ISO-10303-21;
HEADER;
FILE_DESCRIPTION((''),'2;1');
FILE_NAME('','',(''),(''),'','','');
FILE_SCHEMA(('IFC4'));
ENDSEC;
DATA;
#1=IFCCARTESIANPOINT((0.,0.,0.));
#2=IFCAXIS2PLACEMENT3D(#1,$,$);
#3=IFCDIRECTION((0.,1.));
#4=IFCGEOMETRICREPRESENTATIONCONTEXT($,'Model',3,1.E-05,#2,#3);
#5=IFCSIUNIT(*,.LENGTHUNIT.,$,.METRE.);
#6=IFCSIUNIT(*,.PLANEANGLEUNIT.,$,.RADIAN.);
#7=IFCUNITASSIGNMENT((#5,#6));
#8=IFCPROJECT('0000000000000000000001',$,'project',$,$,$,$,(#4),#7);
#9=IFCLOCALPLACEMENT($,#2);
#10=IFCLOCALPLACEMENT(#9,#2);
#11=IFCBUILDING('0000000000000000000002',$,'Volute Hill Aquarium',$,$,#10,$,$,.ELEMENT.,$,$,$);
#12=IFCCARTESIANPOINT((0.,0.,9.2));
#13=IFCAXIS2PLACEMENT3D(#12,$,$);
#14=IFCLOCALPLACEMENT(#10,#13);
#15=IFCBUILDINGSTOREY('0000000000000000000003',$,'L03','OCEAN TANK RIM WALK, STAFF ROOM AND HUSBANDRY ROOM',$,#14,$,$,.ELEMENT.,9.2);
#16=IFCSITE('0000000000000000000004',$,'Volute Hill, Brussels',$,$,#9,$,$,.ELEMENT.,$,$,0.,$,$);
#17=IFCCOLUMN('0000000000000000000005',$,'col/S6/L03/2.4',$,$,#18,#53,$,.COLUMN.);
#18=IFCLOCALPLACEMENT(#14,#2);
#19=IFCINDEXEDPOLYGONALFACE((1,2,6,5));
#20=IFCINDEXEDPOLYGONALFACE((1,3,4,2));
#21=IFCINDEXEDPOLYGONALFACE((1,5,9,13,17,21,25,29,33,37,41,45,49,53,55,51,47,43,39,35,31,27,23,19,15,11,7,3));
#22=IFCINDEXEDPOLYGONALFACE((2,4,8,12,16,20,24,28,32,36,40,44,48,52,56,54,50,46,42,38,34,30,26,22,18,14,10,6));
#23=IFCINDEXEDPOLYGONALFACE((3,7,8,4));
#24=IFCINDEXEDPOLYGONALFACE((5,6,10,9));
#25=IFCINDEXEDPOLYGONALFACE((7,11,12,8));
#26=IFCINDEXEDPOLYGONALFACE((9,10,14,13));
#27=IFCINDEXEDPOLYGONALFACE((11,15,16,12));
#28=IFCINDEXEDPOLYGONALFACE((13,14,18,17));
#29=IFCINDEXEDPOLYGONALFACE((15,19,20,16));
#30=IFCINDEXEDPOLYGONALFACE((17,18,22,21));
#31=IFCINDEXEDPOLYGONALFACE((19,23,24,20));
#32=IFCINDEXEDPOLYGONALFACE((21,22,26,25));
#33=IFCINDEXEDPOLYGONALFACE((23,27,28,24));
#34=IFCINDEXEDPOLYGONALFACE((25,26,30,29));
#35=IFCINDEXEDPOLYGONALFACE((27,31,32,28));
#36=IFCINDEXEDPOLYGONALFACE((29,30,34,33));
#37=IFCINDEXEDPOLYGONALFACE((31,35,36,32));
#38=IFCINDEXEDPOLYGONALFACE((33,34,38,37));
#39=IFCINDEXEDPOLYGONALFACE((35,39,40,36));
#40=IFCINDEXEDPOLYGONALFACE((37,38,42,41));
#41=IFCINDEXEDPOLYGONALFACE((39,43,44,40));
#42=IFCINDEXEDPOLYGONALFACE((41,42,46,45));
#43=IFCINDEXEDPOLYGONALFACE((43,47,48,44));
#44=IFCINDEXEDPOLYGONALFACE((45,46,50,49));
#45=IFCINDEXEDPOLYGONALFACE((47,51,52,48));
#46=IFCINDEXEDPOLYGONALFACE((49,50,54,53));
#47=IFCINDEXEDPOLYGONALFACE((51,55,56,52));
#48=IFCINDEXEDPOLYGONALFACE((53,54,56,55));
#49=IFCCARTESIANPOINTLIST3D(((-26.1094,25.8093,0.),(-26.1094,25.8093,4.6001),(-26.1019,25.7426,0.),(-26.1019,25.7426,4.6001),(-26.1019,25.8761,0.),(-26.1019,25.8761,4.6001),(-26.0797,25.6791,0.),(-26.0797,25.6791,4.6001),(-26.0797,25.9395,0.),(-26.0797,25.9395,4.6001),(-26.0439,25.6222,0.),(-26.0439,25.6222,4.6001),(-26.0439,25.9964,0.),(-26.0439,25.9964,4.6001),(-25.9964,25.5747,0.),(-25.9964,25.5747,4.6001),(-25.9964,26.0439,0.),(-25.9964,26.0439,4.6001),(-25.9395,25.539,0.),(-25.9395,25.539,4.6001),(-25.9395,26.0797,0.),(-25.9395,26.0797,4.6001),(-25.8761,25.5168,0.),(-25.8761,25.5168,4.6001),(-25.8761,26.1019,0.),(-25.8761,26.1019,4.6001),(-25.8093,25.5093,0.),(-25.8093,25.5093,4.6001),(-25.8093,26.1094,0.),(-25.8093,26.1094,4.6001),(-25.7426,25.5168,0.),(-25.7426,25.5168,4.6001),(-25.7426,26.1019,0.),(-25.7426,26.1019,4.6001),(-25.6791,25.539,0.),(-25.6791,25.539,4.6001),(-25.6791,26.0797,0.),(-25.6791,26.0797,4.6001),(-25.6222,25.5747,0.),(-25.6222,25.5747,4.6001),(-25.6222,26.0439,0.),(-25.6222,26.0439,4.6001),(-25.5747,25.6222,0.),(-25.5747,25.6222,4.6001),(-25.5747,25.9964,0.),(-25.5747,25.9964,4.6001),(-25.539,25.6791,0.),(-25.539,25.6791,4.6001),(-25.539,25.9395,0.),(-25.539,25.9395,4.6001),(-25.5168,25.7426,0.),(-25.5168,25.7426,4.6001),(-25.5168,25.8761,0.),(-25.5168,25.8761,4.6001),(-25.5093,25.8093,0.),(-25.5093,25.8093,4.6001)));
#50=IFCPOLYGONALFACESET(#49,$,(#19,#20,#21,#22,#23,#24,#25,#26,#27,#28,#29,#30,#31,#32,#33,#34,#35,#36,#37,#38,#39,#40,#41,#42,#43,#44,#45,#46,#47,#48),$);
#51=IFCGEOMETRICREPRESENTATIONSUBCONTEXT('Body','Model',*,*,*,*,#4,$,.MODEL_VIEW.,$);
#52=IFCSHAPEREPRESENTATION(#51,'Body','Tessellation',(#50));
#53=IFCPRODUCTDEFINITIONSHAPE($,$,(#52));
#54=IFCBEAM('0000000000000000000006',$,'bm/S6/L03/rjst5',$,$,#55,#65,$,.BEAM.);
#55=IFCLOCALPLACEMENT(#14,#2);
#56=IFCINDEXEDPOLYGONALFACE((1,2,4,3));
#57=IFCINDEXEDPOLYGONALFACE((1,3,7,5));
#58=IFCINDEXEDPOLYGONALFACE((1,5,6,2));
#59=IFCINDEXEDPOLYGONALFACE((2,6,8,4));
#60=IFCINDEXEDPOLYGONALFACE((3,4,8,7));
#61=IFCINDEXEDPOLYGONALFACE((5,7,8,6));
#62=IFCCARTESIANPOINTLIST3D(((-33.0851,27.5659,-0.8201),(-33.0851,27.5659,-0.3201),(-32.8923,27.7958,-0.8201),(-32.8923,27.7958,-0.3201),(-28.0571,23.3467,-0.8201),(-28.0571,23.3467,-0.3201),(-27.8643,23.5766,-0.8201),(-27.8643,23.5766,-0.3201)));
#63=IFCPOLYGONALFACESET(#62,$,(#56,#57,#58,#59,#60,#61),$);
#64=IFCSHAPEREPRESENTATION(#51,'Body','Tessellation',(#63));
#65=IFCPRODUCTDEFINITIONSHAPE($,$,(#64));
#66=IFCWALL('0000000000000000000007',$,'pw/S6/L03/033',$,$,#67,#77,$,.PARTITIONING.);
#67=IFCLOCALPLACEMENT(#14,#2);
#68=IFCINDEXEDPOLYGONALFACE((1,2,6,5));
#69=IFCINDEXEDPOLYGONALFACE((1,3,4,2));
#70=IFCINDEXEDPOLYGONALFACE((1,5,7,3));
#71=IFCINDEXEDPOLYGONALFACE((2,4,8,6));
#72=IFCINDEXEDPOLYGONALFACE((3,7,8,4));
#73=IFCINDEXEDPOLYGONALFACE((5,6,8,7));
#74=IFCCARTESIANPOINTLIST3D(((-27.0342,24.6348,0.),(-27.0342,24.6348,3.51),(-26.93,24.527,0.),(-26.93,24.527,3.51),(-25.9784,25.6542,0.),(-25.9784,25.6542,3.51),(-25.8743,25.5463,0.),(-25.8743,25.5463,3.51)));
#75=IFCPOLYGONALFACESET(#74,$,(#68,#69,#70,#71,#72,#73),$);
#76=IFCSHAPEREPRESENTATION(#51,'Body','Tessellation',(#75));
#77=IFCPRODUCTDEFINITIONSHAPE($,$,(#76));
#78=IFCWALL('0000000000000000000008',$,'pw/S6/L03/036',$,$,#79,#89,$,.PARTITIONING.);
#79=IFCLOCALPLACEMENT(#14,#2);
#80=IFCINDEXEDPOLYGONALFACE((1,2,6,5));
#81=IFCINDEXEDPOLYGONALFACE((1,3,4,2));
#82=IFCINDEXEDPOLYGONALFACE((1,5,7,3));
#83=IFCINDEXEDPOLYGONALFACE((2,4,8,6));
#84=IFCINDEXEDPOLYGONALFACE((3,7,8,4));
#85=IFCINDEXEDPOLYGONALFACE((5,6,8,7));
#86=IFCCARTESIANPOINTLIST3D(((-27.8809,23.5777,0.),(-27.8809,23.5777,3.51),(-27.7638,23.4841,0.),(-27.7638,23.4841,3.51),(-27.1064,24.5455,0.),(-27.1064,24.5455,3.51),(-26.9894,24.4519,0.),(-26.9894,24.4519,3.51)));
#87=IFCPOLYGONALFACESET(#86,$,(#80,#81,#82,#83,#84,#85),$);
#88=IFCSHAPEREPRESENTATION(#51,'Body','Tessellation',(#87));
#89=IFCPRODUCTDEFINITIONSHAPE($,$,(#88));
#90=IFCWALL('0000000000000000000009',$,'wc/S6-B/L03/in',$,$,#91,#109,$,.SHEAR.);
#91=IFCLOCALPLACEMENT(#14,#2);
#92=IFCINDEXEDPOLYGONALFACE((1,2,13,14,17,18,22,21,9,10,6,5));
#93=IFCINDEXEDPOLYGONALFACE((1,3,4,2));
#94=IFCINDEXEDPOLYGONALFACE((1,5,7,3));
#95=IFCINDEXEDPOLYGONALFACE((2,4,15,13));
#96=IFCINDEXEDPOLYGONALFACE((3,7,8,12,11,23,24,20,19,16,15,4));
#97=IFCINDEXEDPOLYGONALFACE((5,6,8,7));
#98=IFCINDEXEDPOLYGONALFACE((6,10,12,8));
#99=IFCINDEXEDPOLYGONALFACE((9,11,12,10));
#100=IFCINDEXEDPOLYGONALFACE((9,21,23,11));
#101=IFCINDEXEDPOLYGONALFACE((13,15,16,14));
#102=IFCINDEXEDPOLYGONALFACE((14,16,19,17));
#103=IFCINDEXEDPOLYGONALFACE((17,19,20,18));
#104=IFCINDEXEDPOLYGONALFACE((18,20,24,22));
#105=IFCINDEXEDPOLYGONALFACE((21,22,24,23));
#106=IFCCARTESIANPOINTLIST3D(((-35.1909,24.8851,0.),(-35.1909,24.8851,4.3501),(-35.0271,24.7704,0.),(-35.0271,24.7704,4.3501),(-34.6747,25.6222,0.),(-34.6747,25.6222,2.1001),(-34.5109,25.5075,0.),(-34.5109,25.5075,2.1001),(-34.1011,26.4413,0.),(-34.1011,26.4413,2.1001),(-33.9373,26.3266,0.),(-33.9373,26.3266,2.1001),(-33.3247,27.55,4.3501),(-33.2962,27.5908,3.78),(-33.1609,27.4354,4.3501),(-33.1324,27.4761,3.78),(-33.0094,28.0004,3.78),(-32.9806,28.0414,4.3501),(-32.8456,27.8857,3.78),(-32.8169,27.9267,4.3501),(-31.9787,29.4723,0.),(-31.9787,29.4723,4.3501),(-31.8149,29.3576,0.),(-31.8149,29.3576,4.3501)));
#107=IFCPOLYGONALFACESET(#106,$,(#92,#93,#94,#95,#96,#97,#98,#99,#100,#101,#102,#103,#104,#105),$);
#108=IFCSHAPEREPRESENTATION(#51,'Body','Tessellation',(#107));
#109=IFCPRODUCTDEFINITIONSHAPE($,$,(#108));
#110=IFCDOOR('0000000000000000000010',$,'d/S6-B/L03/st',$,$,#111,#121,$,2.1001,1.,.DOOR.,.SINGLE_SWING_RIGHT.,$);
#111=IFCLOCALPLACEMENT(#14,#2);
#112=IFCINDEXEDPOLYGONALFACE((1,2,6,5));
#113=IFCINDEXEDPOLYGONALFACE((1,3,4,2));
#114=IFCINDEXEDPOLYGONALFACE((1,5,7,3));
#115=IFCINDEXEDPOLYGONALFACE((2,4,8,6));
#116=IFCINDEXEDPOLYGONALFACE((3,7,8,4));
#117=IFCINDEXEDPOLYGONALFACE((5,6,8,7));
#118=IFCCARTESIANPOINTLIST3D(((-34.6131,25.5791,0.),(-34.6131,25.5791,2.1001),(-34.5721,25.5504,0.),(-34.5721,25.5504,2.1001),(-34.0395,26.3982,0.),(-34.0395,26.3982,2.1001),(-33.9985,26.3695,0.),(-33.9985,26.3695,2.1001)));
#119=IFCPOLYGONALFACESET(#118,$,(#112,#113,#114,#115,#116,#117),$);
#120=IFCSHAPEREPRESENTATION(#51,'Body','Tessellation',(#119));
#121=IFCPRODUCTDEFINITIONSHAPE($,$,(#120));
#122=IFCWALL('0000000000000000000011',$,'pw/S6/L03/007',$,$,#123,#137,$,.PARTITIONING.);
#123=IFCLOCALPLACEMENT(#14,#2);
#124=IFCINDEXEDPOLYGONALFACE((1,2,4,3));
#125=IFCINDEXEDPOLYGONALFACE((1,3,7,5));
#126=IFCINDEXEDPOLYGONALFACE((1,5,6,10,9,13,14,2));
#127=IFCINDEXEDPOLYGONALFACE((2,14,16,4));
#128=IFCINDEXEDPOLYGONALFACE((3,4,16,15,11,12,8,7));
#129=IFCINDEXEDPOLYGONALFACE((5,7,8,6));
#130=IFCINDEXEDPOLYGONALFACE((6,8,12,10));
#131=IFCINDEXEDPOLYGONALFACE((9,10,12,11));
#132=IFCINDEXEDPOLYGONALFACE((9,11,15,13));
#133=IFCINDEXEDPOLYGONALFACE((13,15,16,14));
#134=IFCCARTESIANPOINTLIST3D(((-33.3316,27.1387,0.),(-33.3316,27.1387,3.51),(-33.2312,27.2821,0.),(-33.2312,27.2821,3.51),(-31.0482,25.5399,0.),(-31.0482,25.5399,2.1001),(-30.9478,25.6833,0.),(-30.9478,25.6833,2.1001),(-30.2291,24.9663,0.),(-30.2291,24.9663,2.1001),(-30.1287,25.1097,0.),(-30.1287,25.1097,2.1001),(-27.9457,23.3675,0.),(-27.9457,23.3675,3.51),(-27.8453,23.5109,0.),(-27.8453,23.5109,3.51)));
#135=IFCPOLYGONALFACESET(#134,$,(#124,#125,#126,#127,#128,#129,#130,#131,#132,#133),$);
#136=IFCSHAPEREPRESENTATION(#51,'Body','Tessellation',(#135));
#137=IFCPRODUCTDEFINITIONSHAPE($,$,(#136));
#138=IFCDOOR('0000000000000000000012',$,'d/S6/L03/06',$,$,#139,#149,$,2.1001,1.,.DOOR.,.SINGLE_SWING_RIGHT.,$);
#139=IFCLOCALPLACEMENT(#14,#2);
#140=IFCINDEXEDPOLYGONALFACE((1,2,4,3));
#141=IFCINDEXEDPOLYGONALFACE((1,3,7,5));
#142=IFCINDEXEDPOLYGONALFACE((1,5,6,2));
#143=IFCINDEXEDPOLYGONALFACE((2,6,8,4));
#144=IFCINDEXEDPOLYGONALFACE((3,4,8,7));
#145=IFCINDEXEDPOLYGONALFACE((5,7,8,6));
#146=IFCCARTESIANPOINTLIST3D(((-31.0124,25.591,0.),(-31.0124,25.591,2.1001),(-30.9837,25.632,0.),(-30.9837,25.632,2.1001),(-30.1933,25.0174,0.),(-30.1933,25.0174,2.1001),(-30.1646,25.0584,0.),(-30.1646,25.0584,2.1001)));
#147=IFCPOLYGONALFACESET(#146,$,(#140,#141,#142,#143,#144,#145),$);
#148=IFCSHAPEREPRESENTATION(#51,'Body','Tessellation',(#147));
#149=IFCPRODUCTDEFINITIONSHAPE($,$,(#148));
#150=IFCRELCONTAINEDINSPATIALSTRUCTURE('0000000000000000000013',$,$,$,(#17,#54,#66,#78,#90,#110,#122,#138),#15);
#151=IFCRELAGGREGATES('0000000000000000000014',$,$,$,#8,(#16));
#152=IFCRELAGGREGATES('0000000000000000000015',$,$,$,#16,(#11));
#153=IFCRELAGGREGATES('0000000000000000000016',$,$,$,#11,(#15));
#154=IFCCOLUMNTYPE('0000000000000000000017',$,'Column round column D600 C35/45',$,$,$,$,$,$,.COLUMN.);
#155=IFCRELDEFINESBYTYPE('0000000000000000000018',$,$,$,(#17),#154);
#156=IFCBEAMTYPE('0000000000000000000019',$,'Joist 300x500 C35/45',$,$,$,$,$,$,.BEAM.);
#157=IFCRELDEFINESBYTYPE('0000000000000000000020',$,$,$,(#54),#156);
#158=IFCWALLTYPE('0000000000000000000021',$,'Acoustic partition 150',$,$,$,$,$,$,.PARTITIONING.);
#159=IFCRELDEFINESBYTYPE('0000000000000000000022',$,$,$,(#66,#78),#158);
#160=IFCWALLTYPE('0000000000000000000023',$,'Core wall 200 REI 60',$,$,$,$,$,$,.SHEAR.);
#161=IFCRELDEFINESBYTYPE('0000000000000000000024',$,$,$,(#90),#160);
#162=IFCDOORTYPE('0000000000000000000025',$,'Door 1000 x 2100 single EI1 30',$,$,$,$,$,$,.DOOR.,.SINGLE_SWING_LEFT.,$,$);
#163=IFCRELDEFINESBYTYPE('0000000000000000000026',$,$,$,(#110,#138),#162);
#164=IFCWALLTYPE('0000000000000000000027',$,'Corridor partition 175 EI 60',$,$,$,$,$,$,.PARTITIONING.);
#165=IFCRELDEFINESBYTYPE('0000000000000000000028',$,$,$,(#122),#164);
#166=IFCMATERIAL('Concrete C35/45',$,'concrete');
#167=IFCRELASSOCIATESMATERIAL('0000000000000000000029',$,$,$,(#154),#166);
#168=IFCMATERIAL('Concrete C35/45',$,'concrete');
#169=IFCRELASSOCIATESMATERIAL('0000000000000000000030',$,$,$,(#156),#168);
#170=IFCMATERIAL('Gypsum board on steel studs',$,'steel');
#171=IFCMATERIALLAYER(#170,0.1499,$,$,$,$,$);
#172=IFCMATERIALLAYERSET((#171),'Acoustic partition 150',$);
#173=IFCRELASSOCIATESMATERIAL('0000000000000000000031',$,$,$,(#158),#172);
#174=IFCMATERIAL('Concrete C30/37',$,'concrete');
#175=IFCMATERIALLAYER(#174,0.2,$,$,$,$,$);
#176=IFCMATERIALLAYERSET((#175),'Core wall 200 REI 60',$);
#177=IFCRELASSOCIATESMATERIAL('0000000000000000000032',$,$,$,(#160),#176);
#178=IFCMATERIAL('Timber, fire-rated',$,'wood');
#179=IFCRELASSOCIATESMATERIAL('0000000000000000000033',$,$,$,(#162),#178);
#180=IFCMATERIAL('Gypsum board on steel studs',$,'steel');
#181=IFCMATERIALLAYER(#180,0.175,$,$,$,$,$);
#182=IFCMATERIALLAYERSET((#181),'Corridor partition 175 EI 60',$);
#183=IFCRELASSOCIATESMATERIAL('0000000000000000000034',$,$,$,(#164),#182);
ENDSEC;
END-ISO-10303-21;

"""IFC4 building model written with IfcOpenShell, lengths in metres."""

from ifc_helpers import new_model, si_unit, direction, frame, frame_2d, origin, origin_2d, place, context, subcontext, project, spatial, polyline, rectangle, circle, outline, extrude, material, layer, layer_set, material_profile, profile_set, type_object, element, fill, save


model = new_model("IFC4")

# Units and contexts
model_context = context("Model", 3, precision=1e-05, world=origin(), true_north=direction((0.0, 1.0)))
body_context = subcontext(model_context, "Body", "Model", "MODEL_VIEW")
ifc_project = project(units=[si_unit("LENGTHUNIT", "METRE"), si_unit("PLANEANGLEUNIT", "RADIAN")], contexts=[model_context])

# Site, building, storey
site_placement = place(None, origin())
site = spatial("IfcSite", under=ifc_project, at=site_placement, Name="Volute Hill, Brussels", CompositionType="ELEMENT", RefElevation=0.0)
building_placement = place(site_placement, origin())
building = spatial("IfcBuilding", under=site, at=building_placement, Name="Volute Hill Aquarium", CompositionType="ELEMENT")
storey_placement = place(building_placement, frame((0.0, 0.0, 9.2)))
storey = spatial("IfcBuildingStorey", under=building, at=storey_placement, Name="L03", Description="OCEAN TANK RIM WALK, STAFF ROOM AND HUSBANDRY ROOM", CompositionType="ELEMENT", Elevation=9.2)

# Column
ifc_material_1 = material(Name="Concrete C35/45", Category="concrete")
ifc_material_profile_1 = material_profile(ifc_material_1, circle(Radius=0.3, at=origin_2d()), Name="RC round column D600")
ifc_profile_set_1 = profile_set([ifc_material_profile_1], Name="Concrete C35/45")
column_type = type_object("IfcColumnType", Name="Column round column D600 C35/45", PredefinedType="COLUMN", material=ifc_profile_set_1)
column_placement = place(storey_placement, frame((-25.8093, 25.8093, 0.0), z_axis=(0.0, 0.0, 1.0), x_axis=(1.0, 0.0, 0.0)))
element("IfcColumn", 1, at=column_placement, inside=storey, type_object=column_type, Name="col/S6/L03/2.4", PredefinedType="COLUMN", context=body_context, shape_type="SweptSolid", body=[
    extrude(circle(Radius=0.3, at=origin_2d()), origin(), (0.0, 0.0, 1.0), 4.6001),
])

# Beam
ifc_material_2 = material(Name="Concrete C35/45", Category="concrete")
ifc_material_profile_2 = material_profile(ifc_material_2, rectangle(XDim=0.3, YDim=0.5, at=origin_2d()), Name="RC joist 300x500")
ifc_profile_set_2 = profile_set([ifc_material_profile_2], Name="Concrete C35/45")
beam_type = type_object("IfcBeamType", Name="Joist 300x500 C35/45", PredefinedType="BEAM", material=ifc_profile_set_2)
beam_placement = place(storey_placement, frame((-27.9607, 23.4617, -0.5701), z_axis=(-0.766031, 0.642804, 0.0), x_axis=(-0.642804, -0.766031, 0.0)))
element("IfcBeam", 2, at=beam_placement, inside=storey, type_object=beam_type, Name="bm/S6/L03/rjst5", PredefinedType="BEAM", context=body_context, shape_type="SweptSolid", body=[
    extrude(rectangle(XDim=0.3, YDim=0.5, at=origin_2d()), origin(), (0.0, 0.0, 1.0), 6.5637),
])

# Walls
ifc_material_3 = material(Name="Gypsum board on steel studs", Category="steel")
ifc_layer_1 = layer(ifc_material_3, 0.1499)
ifc_layer_set_1 = layer_set([ifc_layer_1], Name="Acoustic partition 150")
wall_type_1 = type_object("IfcWallType", Name="Acoustic partition 150", PredefinedType="PARTITIONING", material=ifc_layer_set_1)
wall_1_placement = place(storey_placement, frame((-26.9822, 24.5808, 0.0), z_axis=(0.0, 0.0, 1.0), x_axis=(0.719393, 0.694603, 0.0)))
element("IfcWall", 3, at=wall_1_placement, inside=storey, type_object=wall_type_1, Name="pw/S6/L03/033", PredefinedType="PARTITIONING", context=body_context, shape_type="SweptSolid", body=[
    extrude(rectangle(XDim=1.4675, YDim=0.1499, at=frame_2d((0.7339, 0.0))), origin(), (0.0, 0.0, 1.0), 3.51),
])
wall_2_placement = place(storey_placement, frame((-27.8223, 23.531, 0.0), z_axis=(0.0, 0.0, 1.0), x_axis=(0.624791, 0.780792, 0.0)))
element("IfcWall", 4, at=wall_2_placement, inside=storey, type_object=wall_type_1, Name="pw/S6/L03/036", PredefinedType="PARTITIONING", context=body_context, shape_type="SweptSolid", body=[
    extrude(rectangle(XDim=1.2395, YDim=0.1499, at=frame_2d((0.6196, 0.0))), origin(), (0.0, 0.0, 1.0), 3.51),
])

# Walls, openings, doors
ifc_material_4 = material(Name="Concrete C30/37", Category="concrete")
ifc_layer_2 = layer(ifc_material_4, 0.2)
ifc_layer_set_2 = layer_set([ifc_layer_2], Name="Core wall 200 REI 60")
wall_type_2 = type_object("IfcWallType", Name="Core wall 200 REI 60", PredefinedType="SHEAR", material=ifc_layer_set_2)
wall_3_placement = place(storey_placement, frame((-35.1089, 24.8276, 0.0), z_axis=(0.0, 0.0, 1.0), x_axis=(0.5736, 0.819136, 0.0)))
wall_3 = element("IfcWall", 5, at=wall_3_placement, inside=storey, type_object=wall_type_2, Name="wc/S6-B/L03/in", PredefinedType="SHEAR", context=body_context, shape_type="SweptSolid", body=[
    extrude(outline(polyline([(0.0, 0.0), (5.6001, 0.0), (5.6001, 4.3501), (3.8533, 4.3501), (3.8032, 3.78), (3.3032, 3.78), (3.2534, 4.3501), (0.0, 4.3501), (0.0, 0.0)])), frame((0.0, 0.1001, 0.0), z_axis=(0.0, -1.0, 0.0), x_axis=(1.0, 0.0, 0.0)), (0.0, 0.0, 1.0), 0.2),
])
opening_1_placement = place(wall_3_placement, frame((0.8999, 0.0, 0.0)))
opening_1 = element("IfcOpeningElement", 6, at=opening_1_placement, cuts=wall_3, PredefinedType="OPENING", context=body_context, shape_type="SweptSolid", body=[
    extrude(rectangle(XDim=1.0, YDim=2.1001, at=frame_2d((0.5, 1.05))), frame((0.0, 0.1099, 0.0), z_axis=(0.0, -1.0, 0.0), x_axis=(1.0, 0.0, 0.0)), (0.0, 0.0, 1.0), 0.22),
])
ifc_material_5 = material(Name="Timber, fire-rated", Category="wood")
door_type_1 = type_object("IfcDoorType", Name="Door 1000 x 2100 single EI1 30", OperationType="SINGLE_SWING_LEFT", PredefinedType="DOOR", material=ifc_material_5)
door_1_placement = place(opening_1_placement, origin())
door_1 = element("IfcDoor", 7, at=door_1_placement, inside=storey, type_object=door_type_1, Name="d/S6-B/L03/st", OperationType="SINGLE_SWING_RIGHT", OverallHeight=2.1001, OverallWidth=1.0, PredefinedType="DOOR", context=body_context, shape_type="SweptSolid", body=[
    extrude(rectangle(XDim=1.0, YDim=2.1001, at=frame_2d((0.5, 1.05))), frame((0.0, 0.0249, 0.0), z_axis=(0.0, -1.0, 0.0), x_axis=(1.0, 0.0, 0.0)), (0.0, 0.0, 1.0), 0.05),
])
fill(opening_1, door_1)
ifc_material_6 = material(Name="Gypsum board on steel studs", Category="steel")
ifc_layer_3 = layer(ifc_material_6, 0.175)
ifc_layer_set_3 = layer_set([ifc_layer_3], Name="Corridor partition 175 EI 60")
wall_type_3 = type_object("IfcWallType", Name="Corridor partition 175 EI 60", PredefinedType="PARTITIONING", material=ifc_layer_set_3)
wall_4_placement = place(storey_placement, frame((-33.2815, 27.2104, 0.0), z_axis=(0.0, 0.0, 1.0), x_axis=(0.819157, -0.573569, 0.0)))
wall_4 = element("IfcWall", 8, at=wall_4_placement, inside=storey, type_object=wall_type_3, Name="pw/S6/L03/007", PredefinedType="PARTITIONING", context=body_context, shape_type="SweptSolid", body=[
    extrude(rectangle(XDim=6.575, YDim=0.175, at=frame_2d((3.2876, 0.0))), origin(), (0.0, 0.0, 1.0), 3.51),
])
opening_2_placement = place(wall_4_placement, frame((2.7876, 0.0, 0.0)))
opening_2 = element("IfcOpeningElement", 9, at=opening_2_placement, cuts=wall_4, PredefinedType="OPENING", context=body_context, shape_type="SweptSolid", body=[
    extrude(rectangle(XDim=1.0, YDim=2.1001, at=frame_2d((0.5, 1.05))), frame((0.0, 0.0974, 0.0), z_axis=(0.0, -1.0, 0.0), x_axis=(1.0, 0.0, 0.0)), (0.0, 0.0, 1.0), 0.1951),
])
door_2_placement = place(opening_2_placement, origin())
door_2 = element("IfcDoor", 10, at=door_2_placement, inside=storey, type_object=door_type_1, Name="d/S6/L03/06", OperationType="SINGLE_SWING_RIGHT", OverallHeight=2.1001, OverallWidth=1.0, PredefinedType="DOOR", context=body_context, shape_type="SweptSolid", body=[
    extrude(rectangle(XDim=1.0, YDim=2.1001, at=frame_2d((0.5, 1.05))), frame((0.0, 0.0249, 0.0), z_axis=(0.0, -1.0, 0.0), x_axis=(1.0, 0.0, 0.0)), (0.0, 0.0, 1.0), 0.05),
])
fill(opening_2, door_2)

save(model, "model.ifc")
